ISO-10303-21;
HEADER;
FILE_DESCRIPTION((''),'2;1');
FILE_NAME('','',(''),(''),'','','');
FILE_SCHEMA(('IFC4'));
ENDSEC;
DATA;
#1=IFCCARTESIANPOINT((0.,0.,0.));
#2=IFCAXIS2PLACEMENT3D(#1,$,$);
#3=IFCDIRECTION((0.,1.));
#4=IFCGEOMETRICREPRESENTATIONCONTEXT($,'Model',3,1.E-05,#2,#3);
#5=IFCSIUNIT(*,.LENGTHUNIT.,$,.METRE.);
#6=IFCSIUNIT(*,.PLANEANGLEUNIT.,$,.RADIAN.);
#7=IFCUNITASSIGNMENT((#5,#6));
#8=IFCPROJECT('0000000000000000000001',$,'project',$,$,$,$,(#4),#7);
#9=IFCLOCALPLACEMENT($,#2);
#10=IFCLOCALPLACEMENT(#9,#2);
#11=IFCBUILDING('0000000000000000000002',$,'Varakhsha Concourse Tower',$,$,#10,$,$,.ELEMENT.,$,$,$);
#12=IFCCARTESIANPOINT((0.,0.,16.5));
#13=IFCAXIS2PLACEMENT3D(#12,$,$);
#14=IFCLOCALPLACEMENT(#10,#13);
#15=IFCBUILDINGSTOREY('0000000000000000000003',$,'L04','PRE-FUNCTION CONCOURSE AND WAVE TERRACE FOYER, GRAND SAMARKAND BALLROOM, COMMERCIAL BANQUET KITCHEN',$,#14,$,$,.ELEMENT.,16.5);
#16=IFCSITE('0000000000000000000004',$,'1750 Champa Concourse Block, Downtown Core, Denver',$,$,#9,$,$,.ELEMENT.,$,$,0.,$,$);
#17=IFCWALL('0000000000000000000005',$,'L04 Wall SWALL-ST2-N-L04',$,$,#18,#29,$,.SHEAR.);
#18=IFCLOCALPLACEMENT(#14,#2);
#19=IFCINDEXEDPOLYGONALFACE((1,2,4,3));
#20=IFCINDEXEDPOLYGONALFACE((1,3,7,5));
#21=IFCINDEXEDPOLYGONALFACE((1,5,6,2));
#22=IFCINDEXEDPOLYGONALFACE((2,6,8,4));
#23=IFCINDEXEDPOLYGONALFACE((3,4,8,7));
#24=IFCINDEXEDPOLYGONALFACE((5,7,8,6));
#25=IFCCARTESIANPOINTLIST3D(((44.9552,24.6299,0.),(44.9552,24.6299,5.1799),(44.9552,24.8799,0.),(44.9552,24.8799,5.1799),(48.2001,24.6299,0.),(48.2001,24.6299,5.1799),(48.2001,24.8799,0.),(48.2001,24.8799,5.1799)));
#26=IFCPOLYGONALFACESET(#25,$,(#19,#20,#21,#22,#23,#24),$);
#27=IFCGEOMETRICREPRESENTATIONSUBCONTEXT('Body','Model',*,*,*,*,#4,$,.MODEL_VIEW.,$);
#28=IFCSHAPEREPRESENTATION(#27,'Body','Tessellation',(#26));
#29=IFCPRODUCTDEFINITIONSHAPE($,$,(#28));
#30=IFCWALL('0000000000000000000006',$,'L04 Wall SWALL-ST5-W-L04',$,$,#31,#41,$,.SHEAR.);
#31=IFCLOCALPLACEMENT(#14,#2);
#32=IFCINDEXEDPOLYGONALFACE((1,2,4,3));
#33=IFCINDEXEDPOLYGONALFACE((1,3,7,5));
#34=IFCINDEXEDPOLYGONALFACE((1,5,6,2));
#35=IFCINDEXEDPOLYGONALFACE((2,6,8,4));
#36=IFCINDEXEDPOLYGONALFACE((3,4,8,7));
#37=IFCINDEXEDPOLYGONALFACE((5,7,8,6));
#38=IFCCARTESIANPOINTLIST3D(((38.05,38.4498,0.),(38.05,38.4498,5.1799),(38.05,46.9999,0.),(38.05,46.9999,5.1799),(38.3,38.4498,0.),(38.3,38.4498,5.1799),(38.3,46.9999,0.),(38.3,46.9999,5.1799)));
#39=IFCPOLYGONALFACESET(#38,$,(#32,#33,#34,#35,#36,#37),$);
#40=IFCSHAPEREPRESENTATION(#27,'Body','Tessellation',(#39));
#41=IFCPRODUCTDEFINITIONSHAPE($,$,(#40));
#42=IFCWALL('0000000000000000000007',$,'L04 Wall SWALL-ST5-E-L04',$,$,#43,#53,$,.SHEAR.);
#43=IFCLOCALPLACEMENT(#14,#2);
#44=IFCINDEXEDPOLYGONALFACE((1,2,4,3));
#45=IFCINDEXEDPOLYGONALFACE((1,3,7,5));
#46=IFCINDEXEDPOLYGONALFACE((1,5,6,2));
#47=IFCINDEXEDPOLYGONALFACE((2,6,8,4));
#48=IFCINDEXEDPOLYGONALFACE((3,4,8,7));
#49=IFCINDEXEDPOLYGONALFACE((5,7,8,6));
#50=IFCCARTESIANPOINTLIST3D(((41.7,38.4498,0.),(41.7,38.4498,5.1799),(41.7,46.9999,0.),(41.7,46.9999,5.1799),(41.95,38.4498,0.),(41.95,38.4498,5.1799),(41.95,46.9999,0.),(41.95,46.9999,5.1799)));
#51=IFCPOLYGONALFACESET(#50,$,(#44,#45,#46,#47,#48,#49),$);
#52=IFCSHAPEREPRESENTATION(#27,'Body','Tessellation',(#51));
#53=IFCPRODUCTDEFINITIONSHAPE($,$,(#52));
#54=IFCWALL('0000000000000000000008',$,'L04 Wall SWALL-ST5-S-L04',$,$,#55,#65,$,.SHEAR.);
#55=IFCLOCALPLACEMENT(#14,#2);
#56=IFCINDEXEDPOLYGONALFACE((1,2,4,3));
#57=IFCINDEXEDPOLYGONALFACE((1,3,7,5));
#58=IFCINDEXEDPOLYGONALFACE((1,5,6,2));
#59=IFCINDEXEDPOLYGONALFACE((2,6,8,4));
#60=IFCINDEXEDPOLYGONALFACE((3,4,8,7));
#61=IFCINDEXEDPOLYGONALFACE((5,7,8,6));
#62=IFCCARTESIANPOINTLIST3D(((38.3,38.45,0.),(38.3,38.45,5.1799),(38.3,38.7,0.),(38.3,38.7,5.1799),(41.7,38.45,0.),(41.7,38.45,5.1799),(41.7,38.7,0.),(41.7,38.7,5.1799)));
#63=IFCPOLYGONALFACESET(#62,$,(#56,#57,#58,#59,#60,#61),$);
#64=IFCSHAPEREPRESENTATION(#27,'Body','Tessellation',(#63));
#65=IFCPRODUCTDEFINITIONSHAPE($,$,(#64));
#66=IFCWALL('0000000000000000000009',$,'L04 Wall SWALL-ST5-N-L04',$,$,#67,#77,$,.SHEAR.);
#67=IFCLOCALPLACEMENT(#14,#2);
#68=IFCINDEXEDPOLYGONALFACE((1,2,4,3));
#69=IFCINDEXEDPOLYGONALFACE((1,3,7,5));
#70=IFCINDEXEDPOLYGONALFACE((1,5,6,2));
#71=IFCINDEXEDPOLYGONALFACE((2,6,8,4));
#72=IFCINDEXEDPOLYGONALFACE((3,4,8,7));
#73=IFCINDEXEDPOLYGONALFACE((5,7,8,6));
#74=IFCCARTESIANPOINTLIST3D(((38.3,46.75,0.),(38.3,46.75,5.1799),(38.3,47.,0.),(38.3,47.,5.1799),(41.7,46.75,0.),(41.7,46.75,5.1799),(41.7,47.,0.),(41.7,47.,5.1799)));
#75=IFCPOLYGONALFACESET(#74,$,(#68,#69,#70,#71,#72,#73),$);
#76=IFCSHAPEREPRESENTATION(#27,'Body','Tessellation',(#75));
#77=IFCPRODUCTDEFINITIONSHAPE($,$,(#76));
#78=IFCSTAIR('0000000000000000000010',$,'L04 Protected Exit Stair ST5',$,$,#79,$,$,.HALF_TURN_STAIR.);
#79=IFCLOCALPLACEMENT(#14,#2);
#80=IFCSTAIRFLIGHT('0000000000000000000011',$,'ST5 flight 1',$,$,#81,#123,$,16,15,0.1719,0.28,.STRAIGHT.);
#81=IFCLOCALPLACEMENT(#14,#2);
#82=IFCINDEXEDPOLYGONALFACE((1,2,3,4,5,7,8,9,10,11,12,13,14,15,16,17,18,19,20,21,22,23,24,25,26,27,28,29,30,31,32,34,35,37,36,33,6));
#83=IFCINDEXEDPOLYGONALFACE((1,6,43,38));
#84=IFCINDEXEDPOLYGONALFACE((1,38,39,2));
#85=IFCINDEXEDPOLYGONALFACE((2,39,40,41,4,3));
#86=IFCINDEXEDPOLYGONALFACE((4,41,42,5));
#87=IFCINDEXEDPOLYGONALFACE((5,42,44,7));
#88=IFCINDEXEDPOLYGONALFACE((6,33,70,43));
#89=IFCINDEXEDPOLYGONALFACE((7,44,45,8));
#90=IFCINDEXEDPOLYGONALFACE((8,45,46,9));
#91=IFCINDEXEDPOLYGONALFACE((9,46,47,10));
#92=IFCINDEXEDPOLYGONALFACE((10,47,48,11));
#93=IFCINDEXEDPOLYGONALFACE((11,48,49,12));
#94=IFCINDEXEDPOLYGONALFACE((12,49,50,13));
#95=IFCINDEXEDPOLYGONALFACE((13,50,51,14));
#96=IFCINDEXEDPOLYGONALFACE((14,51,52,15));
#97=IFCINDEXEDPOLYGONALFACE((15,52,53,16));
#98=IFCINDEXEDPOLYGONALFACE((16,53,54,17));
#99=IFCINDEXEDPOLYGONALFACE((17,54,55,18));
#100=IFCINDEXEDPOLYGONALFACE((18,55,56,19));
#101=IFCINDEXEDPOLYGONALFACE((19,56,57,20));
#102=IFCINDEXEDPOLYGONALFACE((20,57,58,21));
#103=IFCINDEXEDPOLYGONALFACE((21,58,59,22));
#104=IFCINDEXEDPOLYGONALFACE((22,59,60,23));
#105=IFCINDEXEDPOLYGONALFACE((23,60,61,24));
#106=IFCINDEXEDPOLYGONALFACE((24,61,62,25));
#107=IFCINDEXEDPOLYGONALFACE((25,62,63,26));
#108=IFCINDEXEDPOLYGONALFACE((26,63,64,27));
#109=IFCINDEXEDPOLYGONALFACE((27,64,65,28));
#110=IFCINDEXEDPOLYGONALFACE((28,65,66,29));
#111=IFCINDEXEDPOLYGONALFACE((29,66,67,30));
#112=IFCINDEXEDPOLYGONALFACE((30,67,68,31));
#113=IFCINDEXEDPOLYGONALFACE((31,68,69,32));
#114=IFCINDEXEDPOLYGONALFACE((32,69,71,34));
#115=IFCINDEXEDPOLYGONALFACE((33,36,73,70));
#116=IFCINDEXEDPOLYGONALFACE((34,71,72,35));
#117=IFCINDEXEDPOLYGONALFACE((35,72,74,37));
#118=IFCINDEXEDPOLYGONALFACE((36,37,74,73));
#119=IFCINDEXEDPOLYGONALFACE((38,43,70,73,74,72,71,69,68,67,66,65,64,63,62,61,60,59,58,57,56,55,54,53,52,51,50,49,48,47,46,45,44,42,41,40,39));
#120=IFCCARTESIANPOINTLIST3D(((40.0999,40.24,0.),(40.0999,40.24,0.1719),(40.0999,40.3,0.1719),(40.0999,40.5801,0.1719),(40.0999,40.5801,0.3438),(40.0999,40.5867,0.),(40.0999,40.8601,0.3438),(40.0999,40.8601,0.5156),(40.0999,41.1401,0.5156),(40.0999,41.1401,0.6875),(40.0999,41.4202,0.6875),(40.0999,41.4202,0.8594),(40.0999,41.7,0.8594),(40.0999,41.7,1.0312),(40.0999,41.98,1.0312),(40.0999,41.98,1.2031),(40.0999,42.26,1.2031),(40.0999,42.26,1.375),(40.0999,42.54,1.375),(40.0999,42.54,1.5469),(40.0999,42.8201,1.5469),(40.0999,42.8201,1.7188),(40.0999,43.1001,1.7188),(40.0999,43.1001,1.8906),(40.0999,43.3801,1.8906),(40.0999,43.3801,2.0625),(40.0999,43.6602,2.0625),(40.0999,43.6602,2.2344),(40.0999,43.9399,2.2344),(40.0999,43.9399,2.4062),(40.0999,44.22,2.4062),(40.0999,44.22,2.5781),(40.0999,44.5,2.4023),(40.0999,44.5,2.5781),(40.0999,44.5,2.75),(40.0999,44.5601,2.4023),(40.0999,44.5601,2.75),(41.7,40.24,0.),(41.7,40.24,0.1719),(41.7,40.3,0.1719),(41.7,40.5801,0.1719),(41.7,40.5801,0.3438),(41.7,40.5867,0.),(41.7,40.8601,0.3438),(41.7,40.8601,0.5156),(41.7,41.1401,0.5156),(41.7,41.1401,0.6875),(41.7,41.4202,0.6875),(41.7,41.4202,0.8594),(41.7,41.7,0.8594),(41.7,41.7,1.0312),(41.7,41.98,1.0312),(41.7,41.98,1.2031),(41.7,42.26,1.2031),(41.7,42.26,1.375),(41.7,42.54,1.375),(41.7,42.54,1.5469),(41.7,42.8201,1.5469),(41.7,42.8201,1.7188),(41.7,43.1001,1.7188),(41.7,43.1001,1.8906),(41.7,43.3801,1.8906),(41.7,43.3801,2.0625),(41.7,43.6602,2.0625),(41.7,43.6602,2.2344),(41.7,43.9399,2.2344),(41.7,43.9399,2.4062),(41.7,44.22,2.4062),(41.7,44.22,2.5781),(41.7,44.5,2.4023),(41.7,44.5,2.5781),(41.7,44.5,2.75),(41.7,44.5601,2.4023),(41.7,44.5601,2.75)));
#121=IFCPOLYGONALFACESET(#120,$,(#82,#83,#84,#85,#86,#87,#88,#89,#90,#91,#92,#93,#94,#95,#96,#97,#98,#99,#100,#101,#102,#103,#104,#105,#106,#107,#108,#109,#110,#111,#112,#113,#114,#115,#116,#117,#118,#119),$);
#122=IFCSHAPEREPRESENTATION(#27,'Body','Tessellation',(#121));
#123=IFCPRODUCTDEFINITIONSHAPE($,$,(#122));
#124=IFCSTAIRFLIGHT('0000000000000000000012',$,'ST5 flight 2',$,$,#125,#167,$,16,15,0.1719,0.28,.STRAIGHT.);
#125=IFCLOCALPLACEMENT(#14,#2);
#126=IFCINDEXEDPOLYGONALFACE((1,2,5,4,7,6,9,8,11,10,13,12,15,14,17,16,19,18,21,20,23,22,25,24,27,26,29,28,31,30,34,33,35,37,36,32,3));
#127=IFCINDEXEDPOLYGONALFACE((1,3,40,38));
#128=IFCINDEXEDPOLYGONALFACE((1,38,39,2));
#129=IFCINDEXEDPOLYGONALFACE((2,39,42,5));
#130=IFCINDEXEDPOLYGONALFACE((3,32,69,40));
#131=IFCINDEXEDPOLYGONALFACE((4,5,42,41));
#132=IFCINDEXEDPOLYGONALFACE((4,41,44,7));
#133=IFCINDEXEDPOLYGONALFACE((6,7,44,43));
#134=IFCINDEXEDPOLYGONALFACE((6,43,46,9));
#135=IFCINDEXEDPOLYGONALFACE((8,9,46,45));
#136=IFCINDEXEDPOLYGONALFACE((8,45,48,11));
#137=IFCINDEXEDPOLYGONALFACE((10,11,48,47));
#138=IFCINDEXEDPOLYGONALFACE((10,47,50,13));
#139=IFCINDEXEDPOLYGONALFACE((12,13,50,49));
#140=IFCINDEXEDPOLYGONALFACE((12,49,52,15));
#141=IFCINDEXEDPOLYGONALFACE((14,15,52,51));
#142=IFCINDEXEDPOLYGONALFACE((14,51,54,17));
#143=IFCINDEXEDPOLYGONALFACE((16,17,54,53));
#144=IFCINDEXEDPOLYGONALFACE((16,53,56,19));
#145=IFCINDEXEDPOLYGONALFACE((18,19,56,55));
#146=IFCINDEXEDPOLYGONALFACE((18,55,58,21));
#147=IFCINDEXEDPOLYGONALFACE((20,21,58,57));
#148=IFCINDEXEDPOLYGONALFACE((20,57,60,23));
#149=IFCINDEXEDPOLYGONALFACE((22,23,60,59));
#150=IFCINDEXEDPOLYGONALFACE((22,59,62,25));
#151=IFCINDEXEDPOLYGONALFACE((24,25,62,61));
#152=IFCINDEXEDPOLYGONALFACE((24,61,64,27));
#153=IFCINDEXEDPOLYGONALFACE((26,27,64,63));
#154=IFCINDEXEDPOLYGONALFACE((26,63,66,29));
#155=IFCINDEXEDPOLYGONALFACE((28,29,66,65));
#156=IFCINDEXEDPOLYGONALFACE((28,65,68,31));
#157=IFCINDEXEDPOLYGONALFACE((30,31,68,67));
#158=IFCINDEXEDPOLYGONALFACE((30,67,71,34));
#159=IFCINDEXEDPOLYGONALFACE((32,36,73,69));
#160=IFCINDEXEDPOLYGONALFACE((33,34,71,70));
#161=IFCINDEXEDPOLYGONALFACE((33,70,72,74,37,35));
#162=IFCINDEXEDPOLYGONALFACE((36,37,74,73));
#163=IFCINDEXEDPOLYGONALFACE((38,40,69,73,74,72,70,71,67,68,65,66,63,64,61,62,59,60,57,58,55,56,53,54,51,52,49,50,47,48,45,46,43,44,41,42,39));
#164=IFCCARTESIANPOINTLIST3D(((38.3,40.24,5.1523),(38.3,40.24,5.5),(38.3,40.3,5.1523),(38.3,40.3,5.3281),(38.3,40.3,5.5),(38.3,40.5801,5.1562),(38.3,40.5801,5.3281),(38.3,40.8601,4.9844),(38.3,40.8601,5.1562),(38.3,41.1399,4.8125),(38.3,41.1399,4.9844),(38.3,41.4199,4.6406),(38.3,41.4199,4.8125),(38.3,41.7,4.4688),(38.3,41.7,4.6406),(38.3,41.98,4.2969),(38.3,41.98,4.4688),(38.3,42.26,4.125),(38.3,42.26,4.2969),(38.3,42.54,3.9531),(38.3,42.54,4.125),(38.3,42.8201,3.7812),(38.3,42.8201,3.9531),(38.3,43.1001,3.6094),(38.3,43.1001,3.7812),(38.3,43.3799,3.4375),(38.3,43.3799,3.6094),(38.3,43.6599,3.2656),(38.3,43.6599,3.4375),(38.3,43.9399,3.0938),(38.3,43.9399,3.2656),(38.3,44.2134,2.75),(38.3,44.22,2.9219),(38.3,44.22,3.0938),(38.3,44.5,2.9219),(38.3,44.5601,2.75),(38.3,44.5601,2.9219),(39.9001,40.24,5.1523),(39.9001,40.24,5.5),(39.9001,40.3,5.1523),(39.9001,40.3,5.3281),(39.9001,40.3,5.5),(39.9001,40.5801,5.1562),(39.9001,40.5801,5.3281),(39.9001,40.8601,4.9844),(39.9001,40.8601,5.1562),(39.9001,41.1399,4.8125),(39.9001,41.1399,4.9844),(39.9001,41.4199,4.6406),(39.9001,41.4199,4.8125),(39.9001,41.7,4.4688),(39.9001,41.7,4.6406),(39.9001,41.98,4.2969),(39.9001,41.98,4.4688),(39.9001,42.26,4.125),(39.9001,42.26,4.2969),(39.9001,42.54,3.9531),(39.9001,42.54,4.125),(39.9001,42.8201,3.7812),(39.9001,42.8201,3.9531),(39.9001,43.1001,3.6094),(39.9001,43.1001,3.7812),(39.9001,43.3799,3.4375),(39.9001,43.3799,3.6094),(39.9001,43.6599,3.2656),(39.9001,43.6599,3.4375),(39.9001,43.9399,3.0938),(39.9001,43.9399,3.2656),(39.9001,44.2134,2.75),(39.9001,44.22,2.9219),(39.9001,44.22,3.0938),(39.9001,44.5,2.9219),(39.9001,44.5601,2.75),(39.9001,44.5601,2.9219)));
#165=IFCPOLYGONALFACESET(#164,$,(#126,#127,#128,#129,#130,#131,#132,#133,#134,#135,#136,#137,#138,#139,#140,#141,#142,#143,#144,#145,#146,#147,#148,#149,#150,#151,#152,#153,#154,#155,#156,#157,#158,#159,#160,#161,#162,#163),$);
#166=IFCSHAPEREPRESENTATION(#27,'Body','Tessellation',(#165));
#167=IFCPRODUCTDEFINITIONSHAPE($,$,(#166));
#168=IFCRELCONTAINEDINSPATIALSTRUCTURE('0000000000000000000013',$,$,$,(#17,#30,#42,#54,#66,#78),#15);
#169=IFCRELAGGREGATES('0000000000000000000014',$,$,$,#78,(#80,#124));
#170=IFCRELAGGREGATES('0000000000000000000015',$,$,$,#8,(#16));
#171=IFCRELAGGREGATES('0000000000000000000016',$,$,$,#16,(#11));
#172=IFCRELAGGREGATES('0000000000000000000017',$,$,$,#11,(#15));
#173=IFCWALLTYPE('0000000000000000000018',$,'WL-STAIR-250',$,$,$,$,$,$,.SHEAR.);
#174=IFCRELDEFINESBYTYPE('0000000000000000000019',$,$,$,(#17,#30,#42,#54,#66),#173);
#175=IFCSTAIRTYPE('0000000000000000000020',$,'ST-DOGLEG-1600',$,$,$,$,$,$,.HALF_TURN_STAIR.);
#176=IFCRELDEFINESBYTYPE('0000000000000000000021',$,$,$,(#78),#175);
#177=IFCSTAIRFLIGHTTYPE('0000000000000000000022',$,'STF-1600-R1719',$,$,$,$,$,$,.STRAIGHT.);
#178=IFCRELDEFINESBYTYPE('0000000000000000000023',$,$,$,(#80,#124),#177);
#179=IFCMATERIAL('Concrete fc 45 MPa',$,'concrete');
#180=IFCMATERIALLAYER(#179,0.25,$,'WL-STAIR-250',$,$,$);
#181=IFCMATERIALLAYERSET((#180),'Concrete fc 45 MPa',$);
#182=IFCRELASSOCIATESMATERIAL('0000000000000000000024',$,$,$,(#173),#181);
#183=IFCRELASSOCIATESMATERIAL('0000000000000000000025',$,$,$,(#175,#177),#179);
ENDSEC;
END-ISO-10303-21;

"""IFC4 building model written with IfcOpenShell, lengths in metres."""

from ifc_helpers import new_model, si_unit, direction, frame, frame_2d, origin, place, context, subcontext, project, spatial, polyline, rectangle, outline, extrude, material, layer, layer_set, type_object, element, aggregate, save


model = new_model("IFC4")

# Units and contexts
model_context = context("Model", 3, precision=1e-05, world=origin(), true_north=direction((0.0, 1.0)))
body_context = subcontext(model_context, "Body", "Model", "MODEL_VIEW")
ifc_project = project(units=[si_unit("LENGTHUNIT", "METRE"), si_unit("PLANEANGLEUNIT", "RADIAN")], contexts=[model_context])

# Site, building, storey
site_placement = place(None, origin())
site = spatial("IfcSite", under=ifc_project, at=site_placement, Name="1750 Champa Concourse Block, Downtown Core, Denver", CompositionType="ELEMENT", RefElevation=0.0)
building_placement = place(site_placement, origin())
building = spatial("IfcBuilding", under=site, at=building_placement, Name="Varakhsha Concourse Tower", CompositionType="ELEMENT")
storey_placement = place(building_placement, frame((0.0, 0.0, 16.5)))
storey = spatial("IfcBuildingStorey", under=building, at=storey_placement, Name="L04", Description="PRE-FUNCTION CONCOURSE AND WAVE TERRACE FOYER, GRAND SAMARKAND BALLROOM, COMMERCIAL BANQUET KITCHEN", CompositionType="ELEMENT", Elevation=16.5)

# Walls
ifc_material_1 = material(Name="Concrete fc 45 MPa", Category="concrete")
ifc_layer_1 = layer(ifc_material_1, 0.25, Name="WL-STAIR-250")
ifc_layer_set_1 = layer_set([ifc_layer_1], Name="Concrete fc 45 MPa")
wall_type_1 = type_object("IfcWallType", Name="WL-STAIR-250", PredefinedType="SHEAR", material=ifc_layer_set_1)
wall_1_placement = place(storey_placement, frame((44.9551, 24.7549, 0.0), z_axis=(0.0, 0.0, 1.0), x_axis=(1.0, 0.0, 0.0)))
element("IfcWall", 1, at=wall_1_placement, inside=storey, type_object=wall_type_1, Name="L04 Wall SWALL-ST2-N-L04", PredefinedType="SHEAR", context=body_context, shape_type="SweptSolid", body=[
    extrude(rectangle(XDim=3.2449, YDim=0.25, at=frame_2d((1.6226, 0.0))), origin(), (0.0, 0.0, 1.0), 5.1799),
])
for number, where, z_axis, x_axis, name in (
    (2, (38.175, 38.45, 0.0), (0.0, 0.0, 1.0), (0.0, 1.0, 0.0), "L04 Wall SWALL-ST5-W-L04"),
    (3, (41.825, 38.45, 0.0), (0.0, 0.0, 1.0), (0.0, 1.0, 0.0), "L04 Wall SWALL-ST5-E-L04"),
):
    element("IfcWall", number, at=place(storey_placement, frame(where, z_axis=z_axis, x_axis=x_axis)), inside=storey, type_object=wall_type_1, Name=name, PredefinedType="SHEAR", context=body_context, shape_type="SweptSolid", body=[
        extrude(rectangle(XDim=8.55, YDim=0.25, at=frame_2d((4.2749, 0.0))), origin(), (0.0, 0.0, 1.0), 5.1799),
    ])
for number, where, z_axis, x_axis, name in (
    (4, (38.3, 38.575, 0.0), (0.0, 0.0, 1.0), (1.0, 0.0, 0.0), "L04 Wall SWALL-ST5-S-L04"),
    (5, (38.3, 46.875, 0.0), (0.0, 0.0, 1.0), (1.0, 0.0, 0.0), "L04 Wall SWALL-ST5-N-L04"),
):
    element("IfcWall", number, at=place(storey_placement, frame(where, z_axis=z_axis, x_axis=x_axis)), inside=storey, type_object=wall_type_1, Name=name, PredefinedType="SHEAR", context=body_context, shape_type="SweptSolid", body=[
        extrude(rectangle(XDim=3.3999, YDim=0.25, at=frame_2d((1.7, 0.0))), origin(), (0.0, 0.0, 1.0), 5.1799),
    ])

# Stair, stair flights
stair_type = type_object("IfcStairType", Name="ST-DOGLEG-1600", PredefinedType="HALF_TURN_STAIR", material=ifc_material_1)
stair_placement = place(storey_placement, origin())
stair = element("IfcStair", 6, at=stair_placement, inside=storey, type_object=stair_type, Name="L04 Protected Exit Stair ST5", PredefinedType="HALF_TURN_STAIR")
stair_flight_type = type_object("IfcStairFlightType", Name="STF-1600-R1719", PredefinedType="STRAIGHT", material=ifc_material_1)
stair_flight_1_placement = place(storey_placement, frame((40.8999, 40.3, 0.0), z_axis=(0.0, 0.0, 1.0), x_axis=(0.0, 1.0, 0.0)))
stair_flight_1 = element("IfcStairFlight", 7, at=stair_flight_1_placement, type_object=stair_flight_type, Name="ST5 flight 1", NumberOfRisers=16, NumberOfTreads=15, PredefinedType="STRAIGHT", RiserHeight=0.1719, TreadLength=0.28, context=body_context, shape_type="SweptSolid", body=[
    extrude(outline(polyline([(-0.0601, 0.0), (-0.0601, 0.1719), (0.0, 0.1719), (0.28, 0.1719), (0.28, 0.3438), (0.5601, 0.3438), (0.5601, 0.5156), (0.8401, 0.5156), (0.8401, 0.6875), (1.1201, 0.6875), (1.1201, 0.8594), (1.3999, 0.8594), (1.3999, 1.0312), (1.6799, 1.0312), (1.6799, 1.2031), (1.96, 1.2031), (1.96, 1.375), (2.24, 1.375), (2.24, 1.5469), (2.52, 1.5469), (2.52, 1.7188), (2.8, 1.7188), (2.8, 1.8906), (3.0801, 1.8906), (3.0801, 2.0625), (3.3601, 2.0625), (3.3601, 2.2344), (3.6399, 2.2344), (3.6399, 2.4062), (3.9199, 2.4062), (3.9199, 2.5781), (4.2, 2.5781), (4.2, 2.75), (4.26, 2.75), (4.26, 2.4023), (4.2, 2.4023), (0.2866, 0.0), (-0.0601, 0.0)])), frame((0.0, 0.8, 0.0), z_axis=(0.0, -1.0, 0.0), x_axis=(1.0, 0.0, 0.0)), (0.0, 0.0, 1.0), 1.6001),
])
stair_flight_2_placement = place(storey_placement, frame((39.1001, 44.5, 2.75), z_axis=(0.0, 0.0, 1.0), x_axis=(0.0, -1.0, 0.0)))
stair_flight_2 = element("IfcStairFlight", 8, at=stair_flight_2_placement, type_object=stair_flight_type, Name="ST5 flight 2", NumberOfRisers=16, NumberOfTreads=15, PredefinedType="STRAIGHT", RiserHeight=0.1719, TreadLength=0.28, context=body_context, shape_type="SweptSolid", body=[
    extrude(outline(polyline([(-0.0601, 0.0), (-0.0601, 0.1719), (0.0, 0.1719), (0.28, 0.1719), (0.28, 0.3438), (0.5601, 0.3438), (0.5601, 0.5156), (0.8401, 0.5156), (0.8401, 0.6875), (1.1201, 0.6875), (1.1201, 0.8594), (1.3999, 0.8594), (1.3999, 1.0312), (1.6799, 1.0312), (1.6799, 1.2031), (1.96, 1.2031), (1.96, 1.375), (2.24, 1.375), (2.24, 1.5469), (2.52, 1.5469), (2.52, 1.7188), (2.8, 1.7188), (2.8, 1.8906), (3.0801, 1.8906), (3.0801, 2.0625), (3.3601, 2.0625), (3.3601, 2.2344), (3.6399, 2.2344), (3.6399, 2.4062), (3.9199, 2.4062), (3.9199, 2.5781), (4.2, 2.5781), (4.2, 2.75), (4.26, 2.75), (4.26, 2.4023), (4.2, 2.4023), (0.2866, 0.0), (-0.0601, 0.0)])), frame((0.0, 0.8, 0.0), z_axis=(0.0, -1.0, 0.0), x_axis=(1.0, 0.0, 0.0)), (0.0, 0.0, 1.0), 1.6001),
])
aggregate(stair, [stair_flight_1, stair_flight_2])

save(model, "model.ifc")
